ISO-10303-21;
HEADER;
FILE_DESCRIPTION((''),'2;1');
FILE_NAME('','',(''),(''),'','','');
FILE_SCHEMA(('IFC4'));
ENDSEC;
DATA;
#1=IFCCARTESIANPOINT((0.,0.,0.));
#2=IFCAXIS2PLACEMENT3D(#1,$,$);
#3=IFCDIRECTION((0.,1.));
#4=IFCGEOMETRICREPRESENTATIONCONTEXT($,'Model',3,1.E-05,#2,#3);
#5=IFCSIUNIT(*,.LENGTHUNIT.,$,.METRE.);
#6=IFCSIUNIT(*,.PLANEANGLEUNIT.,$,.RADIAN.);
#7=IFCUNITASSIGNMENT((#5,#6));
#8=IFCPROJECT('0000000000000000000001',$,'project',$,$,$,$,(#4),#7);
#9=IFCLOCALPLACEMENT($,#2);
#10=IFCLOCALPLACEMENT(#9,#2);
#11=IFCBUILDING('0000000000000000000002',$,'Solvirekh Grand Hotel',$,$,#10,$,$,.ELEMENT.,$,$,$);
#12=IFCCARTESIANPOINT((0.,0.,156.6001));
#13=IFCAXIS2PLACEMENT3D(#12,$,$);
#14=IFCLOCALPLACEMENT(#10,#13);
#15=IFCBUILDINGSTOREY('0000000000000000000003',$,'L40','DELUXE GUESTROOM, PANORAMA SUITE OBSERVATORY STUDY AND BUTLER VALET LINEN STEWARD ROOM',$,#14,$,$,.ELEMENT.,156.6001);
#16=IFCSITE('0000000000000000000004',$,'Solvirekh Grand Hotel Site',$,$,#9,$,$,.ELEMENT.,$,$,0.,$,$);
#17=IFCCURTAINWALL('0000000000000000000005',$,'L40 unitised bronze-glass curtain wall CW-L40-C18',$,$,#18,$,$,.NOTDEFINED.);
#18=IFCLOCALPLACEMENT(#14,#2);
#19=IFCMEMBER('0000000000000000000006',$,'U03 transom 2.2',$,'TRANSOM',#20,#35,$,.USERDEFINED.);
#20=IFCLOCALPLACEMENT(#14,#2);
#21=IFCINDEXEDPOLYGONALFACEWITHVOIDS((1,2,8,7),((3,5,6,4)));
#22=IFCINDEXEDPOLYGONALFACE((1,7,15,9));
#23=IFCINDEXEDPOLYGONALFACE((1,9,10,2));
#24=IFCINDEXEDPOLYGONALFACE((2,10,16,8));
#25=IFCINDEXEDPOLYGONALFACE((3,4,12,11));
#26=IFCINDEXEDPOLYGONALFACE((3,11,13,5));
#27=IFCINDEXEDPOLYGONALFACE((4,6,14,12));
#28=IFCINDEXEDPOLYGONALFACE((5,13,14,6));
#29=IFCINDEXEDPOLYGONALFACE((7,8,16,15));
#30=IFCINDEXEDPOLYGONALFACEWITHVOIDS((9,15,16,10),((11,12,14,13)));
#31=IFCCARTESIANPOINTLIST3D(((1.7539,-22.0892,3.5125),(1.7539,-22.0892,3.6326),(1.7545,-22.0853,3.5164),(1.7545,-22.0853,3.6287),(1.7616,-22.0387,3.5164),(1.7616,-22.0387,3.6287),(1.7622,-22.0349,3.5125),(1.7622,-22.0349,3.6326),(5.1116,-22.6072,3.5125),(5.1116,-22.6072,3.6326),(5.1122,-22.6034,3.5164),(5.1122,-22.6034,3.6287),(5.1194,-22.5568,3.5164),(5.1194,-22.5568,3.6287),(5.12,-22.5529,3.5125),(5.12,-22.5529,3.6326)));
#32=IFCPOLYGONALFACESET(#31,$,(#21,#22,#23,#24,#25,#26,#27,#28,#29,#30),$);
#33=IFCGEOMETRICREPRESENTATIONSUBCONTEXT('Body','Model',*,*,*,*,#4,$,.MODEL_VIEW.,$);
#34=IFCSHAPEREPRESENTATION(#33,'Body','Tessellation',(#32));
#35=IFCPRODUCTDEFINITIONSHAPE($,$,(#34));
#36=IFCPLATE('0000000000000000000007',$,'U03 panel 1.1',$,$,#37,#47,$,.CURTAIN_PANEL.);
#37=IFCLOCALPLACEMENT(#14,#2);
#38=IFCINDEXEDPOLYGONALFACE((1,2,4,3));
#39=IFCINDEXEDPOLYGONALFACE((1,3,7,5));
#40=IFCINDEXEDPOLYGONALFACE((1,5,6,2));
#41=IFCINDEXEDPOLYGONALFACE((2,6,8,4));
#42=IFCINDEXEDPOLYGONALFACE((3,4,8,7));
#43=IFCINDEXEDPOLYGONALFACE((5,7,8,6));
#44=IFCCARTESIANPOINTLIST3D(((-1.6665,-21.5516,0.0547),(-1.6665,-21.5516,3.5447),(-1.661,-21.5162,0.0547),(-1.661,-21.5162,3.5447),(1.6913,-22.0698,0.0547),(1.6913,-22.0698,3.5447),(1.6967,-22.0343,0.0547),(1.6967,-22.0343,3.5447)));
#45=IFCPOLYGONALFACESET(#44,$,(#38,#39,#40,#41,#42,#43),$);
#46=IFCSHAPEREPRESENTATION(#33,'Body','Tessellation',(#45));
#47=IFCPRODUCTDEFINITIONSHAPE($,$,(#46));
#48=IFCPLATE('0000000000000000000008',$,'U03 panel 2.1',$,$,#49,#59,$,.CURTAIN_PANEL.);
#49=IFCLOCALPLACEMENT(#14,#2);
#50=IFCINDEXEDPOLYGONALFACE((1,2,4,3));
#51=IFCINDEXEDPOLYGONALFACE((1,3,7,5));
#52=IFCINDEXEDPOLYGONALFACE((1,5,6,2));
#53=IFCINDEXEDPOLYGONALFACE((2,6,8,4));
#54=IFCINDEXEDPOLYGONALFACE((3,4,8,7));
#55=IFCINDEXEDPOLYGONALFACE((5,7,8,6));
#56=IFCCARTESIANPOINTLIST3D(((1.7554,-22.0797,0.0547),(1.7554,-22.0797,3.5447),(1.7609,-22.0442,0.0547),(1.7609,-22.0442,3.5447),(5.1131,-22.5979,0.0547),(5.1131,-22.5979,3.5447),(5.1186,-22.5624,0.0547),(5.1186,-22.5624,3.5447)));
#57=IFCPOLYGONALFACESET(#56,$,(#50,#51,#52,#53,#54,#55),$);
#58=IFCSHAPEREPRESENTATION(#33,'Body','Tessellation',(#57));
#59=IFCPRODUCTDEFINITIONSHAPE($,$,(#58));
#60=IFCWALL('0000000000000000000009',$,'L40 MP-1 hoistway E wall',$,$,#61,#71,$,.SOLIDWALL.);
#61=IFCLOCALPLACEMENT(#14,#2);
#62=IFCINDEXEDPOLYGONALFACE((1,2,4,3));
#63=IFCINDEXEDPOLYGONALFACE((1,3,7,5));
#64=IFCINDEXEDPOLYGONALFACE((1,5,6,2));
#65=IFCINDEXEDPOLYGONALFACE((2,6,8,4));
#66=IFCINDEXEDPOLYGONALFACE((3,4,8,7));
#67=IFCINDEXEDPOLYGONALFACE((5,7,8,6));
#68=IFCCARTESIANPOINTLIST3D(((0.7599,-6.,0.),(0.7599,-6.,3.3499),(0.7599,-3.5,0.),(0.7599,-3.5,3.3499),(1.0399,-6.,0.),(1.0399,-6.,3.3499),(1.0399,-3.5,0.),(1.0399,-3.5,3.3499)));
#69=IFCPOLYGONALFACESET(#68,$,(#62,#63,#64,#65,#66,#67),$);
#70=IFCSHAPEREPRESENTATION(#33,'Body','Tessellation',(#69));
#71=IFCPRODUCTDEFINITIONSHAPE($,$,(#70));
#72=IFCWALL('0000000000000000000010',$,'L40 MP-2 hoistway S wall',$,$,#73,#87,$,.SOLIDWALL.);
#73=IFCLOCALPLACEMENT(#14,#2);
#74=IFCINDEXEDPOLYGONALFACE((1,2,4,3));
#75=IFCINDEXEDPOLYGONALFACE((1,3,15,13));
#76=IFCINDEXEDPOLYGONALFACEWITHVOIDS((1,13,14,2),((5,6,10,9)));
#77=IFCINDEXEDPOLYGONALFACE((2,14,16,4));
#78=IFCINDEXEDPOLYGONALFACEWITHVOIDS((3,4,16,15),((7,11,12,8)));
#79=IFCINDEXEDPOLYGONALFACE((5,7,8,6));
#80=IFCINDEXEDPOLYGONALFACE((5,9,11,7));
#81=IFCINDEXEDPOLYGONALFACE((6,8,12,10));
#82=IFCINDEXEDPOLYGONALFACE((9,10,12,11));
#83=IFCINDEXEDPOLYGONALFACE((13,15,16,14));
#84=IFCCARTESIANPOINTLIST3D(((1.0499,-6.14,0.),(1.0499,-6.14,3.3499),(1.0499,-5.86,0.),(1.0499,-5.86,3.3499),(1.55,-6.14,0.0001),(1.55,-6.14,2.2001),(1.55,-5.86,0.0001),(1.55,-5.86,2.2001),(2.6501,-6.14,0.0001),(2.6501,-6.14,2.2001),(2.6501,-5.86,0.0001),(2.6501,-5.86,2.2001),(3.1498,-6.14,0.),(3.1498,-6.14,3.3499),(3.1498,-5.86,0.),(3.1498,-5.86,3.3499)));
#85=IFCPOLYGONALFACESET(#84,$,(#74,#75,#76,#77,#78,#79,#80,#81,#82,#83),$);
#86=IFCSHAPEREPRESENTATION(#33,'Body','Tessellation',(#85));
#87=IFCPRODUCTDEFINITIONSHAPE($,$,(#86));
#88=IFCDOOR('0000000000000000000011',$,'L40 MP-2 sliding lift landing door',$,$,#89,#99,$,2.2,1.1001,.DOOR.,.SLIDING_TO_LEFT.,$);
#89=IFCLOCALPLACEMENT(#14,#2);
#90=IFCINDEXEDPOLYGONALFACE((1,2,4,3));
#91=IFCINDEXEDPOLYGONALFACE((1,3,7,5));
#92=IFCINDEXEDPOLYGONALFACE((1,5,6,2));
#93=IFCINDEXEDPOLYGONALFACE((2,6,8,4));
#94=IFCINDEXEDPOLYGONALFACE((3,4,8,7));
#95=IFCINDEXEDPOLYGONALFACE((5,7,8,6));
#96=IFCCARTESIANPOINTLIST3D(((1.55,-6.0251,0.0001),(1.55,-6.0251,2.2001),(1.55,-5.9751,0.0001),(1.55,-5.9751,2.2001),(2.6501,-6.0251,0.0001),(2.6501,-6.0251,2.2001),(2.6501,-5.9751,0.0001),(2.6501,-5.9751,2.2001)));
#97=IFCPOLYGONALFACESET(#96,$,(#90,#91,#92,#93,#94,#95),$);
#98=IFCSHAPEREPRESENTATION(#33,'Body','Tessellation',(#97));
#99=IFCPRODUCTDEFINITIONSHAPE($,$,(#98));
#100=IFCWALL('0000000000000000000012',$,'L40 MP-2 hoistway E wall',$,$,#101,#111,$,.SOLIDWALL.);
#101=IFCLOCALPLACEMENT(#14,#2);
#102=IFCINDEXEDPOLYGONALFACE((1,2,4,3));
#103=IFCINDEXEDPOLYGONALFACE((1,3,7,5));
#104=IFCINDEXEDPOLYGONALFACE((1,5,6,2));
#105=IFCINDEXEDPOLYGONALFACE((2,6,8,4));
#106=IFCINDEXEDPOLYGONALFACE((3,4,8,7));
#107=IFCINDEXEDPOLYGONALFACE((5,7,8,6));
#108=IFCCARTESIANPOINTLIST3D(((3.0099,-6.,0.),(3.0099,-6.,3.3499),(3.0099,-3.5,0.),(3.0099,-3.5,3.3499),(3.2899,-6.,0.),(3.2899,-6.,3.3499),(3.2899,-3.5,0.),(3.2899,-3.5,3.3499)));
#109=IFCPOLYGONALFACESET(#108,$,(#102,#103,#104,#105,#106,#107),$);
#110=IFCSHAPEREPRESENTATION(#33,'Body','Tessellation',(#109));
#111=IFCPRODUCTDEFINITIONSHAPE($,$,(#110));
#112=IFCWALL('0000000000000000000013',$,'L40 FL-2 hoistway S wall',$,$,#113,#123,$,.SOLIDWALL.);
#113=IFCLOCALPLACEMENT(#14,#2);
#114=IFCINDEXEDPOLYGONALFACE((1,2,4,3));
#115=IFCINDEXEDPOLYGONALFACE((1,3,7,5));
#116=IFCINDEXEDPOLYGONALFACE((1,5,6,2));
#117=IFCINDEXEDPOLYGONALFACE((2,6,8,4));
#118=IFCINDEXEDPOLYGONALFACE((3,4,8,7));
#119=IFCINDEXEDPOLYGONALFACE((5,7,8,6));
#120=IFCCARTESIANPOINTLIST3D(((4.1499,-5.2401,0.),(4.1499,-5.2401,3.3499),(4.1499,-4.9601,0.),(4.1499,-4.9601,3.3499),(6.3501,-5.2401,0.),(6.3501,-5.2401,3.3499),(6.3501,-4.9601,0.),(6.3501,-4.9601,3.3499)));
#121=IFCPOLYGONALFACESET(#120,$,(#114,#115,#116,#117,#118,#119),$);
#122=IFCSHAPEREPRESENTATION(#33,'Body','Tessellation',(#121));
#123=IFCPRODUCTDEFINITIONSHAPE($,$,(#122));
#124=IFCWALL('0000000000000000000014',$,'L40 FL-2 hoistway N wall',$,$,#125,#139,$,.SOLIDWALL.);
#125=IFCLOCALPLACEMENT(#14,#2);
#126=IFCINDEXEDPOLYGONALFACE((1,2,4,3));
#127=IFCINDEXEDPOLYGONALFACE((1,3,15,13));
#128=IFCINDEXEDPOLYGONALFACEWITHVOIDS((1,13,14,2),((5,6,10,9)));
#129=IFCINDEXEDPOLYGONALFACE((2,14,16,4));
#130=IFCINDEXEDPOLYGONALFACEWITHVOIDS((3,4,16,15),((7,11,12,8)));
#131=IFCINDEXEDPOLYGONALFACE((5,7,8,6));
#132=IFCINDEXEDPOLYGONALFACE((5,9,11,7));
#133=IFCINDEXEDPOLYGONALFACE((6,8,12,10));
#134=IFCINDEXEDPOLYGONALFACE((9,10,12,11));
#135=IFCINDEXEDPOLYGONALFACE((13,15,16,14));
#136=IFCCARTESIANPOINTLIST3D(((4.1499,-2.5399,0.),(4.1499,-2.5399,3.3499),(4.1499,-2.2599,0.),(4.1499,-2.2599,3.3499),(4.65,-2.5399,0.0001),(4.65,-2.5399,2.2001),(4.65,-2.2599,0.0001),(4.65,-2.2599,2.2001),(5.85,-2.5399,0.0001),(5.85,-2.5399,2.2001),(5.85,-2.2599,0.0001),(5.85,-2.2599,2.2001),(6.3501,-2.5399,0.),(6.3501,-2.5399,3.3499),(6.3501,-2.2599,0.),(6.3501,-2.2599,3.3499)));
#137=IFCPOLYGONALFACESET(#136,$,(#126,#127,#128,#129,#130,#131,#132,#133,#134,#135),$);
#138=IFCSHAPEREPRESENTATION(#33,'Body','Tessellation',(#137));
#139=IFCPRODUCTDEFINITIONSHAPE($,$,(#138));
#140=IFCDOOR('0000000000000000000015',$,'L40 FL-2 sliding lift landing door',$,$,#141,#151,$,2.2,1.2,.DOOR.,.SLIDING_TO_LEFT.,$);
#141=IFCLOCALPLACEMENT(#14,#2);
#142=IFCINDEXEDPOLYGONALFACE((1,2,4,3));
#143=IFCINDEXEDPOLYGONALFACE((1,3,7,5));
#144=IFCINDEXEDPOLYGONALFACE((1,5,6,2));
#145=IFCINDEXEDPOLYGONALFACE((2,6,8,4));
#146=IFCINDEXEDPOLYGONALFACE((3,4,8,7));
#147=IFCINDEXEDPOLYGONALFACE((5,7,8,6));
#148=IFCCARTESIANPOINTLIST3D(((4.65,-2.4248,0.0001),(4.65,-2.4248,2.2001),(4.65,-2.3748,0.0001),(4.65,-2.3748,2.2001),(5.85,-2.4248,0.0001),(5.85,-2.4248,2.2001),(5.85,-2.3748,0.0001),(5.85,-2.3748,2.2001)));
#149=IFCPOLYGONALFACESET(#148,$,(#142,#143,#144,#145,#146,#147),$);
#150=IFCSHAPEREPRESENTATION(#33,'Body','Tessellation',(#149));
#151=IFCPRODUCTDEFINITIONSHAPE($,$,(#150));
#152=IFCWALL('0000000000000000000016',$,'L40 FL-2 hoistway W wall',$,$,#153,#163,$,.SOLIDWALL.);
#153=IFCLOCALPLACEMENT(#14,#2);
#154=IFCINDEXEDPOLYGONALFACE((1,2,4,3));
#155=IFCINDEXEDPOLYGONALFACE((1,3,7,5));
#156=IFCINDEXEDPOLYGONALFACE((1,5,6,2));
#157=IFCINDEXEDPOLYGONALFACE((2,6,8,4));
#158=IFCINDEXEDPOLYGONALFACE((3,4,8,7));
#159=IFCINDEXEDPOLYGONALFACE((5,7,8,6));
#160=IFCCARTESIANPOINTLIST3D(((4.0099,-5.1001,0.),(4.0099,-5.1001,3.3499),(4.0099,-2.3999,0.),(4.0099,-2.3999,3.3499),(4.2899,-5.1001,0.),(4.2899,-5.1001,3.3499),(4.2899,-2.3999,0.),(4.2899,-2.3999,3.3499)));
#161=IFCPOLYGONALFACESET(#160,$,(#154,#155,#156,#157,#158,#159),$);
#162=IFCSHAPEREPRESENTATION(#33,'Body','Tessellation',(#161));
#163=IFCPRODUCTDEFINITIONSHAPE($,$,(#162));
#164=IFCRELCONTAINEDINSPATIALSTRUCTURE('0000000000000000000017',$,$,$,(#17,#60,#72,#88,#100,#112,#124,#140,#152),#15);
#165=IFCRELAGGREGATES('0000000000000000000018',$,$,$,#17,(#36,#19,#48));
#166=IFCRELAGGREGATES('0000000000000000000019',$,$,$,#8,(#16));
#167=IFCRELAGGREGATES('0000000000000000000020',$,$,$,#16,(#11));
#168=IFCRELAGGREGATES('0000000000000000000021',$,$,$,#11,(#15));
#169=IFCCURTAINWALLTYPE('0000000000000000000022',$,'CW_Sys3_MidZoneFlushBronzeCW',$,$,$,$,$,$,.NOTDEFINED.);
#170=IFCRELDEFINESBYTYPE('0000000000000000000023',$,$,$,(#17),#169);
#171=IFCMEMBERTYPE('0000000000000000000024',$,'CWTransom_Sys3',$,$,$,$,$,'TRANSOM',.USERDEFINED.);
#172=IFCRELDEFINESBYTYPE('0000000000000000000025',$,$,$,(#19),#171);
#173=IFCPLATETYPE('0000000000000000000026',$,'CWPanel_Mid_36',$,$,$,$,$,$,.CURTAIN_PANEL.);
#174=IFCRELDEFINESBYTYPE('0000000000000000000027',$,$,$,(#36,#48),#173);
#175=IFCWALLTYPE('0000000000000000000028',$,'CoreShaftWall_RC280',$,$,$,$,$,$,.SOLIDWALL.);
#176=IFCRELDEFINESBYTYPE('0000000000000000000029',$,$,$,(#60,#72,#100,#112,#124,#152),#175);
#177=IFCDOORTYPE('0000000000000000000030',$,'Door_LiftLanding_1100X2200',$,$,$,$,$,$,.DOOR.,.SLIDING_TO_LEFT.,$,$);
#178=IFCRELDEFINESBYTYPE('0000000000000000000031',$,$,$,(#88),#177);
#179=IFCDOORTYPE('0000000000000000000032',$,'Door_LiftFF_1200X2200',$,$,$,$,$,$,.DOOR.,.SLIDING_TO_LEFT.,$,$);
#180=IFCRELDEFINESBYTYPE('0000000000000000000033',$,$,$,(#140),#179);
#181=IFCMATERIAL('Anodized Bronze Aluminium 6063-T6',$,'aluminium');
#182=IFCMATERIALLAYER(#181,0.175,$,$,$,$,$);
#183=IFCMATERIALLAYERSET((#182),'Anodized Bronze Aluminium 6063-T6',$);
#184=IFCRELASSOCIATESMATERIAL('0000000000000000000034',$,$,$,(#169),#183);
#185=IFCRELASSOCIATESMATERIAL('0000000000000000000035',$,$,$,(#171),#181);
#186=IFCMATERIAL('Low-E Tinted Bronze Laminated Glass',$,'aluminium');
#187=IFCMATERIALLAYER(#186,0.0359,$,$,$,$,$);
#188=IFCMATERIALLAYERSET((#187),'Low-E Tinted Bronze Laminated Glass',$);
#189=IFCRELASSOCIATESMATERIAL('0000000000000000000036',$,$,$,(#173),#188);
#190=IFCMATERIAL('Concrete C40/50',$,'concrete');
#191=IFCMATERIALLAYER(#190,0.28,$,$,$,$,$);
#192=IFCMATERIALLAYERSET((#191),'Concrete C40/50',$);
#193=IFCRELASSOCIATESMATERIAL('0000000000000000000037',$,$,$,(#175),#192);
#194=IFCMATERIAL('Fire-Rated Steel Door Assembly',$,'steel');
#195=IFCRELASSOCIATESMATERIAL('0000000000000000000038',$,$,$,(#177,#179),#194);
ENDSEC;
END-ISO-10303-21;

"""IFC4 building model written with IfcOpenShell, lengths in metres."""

from ifc_helpers import new_model, si_unit, direction, frame, frame_2d, origin, origin_2d, place, context, subcontext, project, spatial, rectangle, hollow_rectangle, extrude, source, transform, mapped, material, layer, layer_set, material_profile, profile_set, type_object, element, fill, aggregate, save


model = new_model("IFC4")

# Units and contexts
model_context = context("Model", 3, precision=1e-05, world=origin(), true_north=direction((0.0, 1.0)))
body_context = subcontext(model_context, "Body", "Model", "MODEL_VIEW")
ifc_project = project(units=[si_unit("LENGTHUNIT", "METRE"), si_unit("PLANEANGLEUNIT", "RADIAN")], contexts=[model_context])

# Site, building, storey
site_placement = place(None, origin())
site = spatial("IfcSite", under=ifc_project, at=site_placement, Name="Solvirekh Grand Hotel Site", CompositionType="ELEMENT", RefElevation=0.0)
building_placement = place(site_placement, origin())
building = spatial("IfcBuilding", under=site, at=building_placement, Name="Solvirekh Grand Hotel", CompositionType="ELEMENT")
storey_placement = place(building_placement, frame((0.0, 0.0, 156.6001)))
storey = spatial("IfcBuildingStorey", under=building, at=storey_placement, Name="L40", Description="DELUXE GUESTROOM, PANORAMA SUITE OBSERVATORY STUDY AND BUTLER VALET LINEN STEWARD ROOM", CompositionType="ELEMENT", Elevation=156.6001)

# Curtain wall, member, plates
ifc_material_1 = material(Name="Anodized Bronze Aluminium 6063-T6", Category="aluminium")
ifc_layer_1 = layer(ifc_material_1, 0.175)
ifc_layer_set_1 = layer_set([ifc_layer_1], Name="Anodized Bronze Aluminium 6063-T6")
curtain_wall_type = type_object("IfcCurtainWallType", Name="CW_Sys3_MidZoneFlushBronzeCW", PredefinedType="NOTDEFINED", material=ifc_layer_set_1)
curtain_wall_placement = place(storey_placement, origin())
curtain_wall = element("IfcCurtainWall", 1, at=curtain_wall_placement, inside=storey, type_object=curtain_wall_type, Name="L40 unitised bronze-glass curtain wall CW-L40-C18", PredefinedType="NOTDEFINED")
ifc_material_profile_1 = material_profile(ifc_material_1, hollow_rectangle(XDim=0.0549, YDim=0.1201, WallThickness=0.0039, at=origin_2d()), Name="ALU RHS 120X55X4")
ifc_profile_set_1 = profile_set([ifc_material_profile_1], Name="Anodized Bronze Aluminium 6063-T6")
member_type_1 = type_object("IfcMemberType", Name="CWTransom_Sys3", ElementType="TRANSOM", PredefinedType="USERDEFINED", material=ifc_profile_set_1)
shared_shape_1 = source(origin(), body_context, "Body", "SweptSolid", [
    extrude(hollow_rectangle(XDim=0.0549, YDim=0.1201, WallThickness=0.0039, at=origin_2d()), origin(), (0.0, 0.0, 1.0), 3.3975),
])
member_1_placement = place(storey_placement, frame((1.7581, -22.062, 3.5725), z_axis=(0.988305, -0.152489, 0.0), x_axis=(0.152489, 0.988305, 0.0)))
member_1 = element("IfcMember", 2, at=member_1_placement, type_object=member_type_1, Name="U03 transom 2.2", ObjectType="TRANSOM", PredefinedType="USERDEFINED", context=body_context, shape_type="MappedRepresentation", body=[
    mapped(shared_shape_1, transform((0.0, 0.0, 0.0), x_axis=(1.0, 0.0, 0.0), y_axis=(0.0, 1.0, 0.0), z_axis=(0.0, 0.0, 1.0), scale=1.0)),
])
ifc_material_2 = material(Name="Low-E Tinted Bronze Laminated Glass", Category="aluminium")
ifc_layer_2 = layer(ifc_material_2, 0.0359)
ifc_layer_set_2 = layer_set([ifc_layer_2], Name="Low-E Tinted Bronze Laminated Glass")
plate_type = type_object("IfcPlateType", Name="CWPanel_Mid_36", PredefinedType="CURTAIN_PANEL", material=ifc_layer_set_2)
shared_shape_2 = source(origin(), body_context, "Body", "SweptSolid", [
    extrude(rectangle(XDim=3.3975, YDim=0.0359, at=origin_2d()), origin(), (0.0, 0.0, 1.0), 3.49),
])
plate_1_placement = place(storey_placement, frame((0.0151, -21.793, 0.0547), z_axis=(0.0, 0.0, 1.0), x_axis=(0.988302, -0.152509, 0.0)))
plate_1 = element("IfcPlate", 3, at=plate_1_placement, type_object=plate_type, Name="U03 panel 1.1", PredefinedType="CURTAIN_PANEL", context=body_context, shape_type="MappedRepresentation", body=[
    mapped(shared_shape_2, transform((0.0, 0.0, 0.0), x_axis=(1.0, 0.0, 0.0), y_axis=(0.0, 1.0, 0.0), z_axis=(0.0, 0.0, 1.0), scale=1.0)),
])
plate_2_placement = place(storey_placement, frame((3.437, -22.321, 0.0547), z_axis=(0.0, 0.0, 1.0), x_axis=(0.988302, -0.152509, 0.0)))
plate_2 = element("IfcPlate", 4, at=plate_2_placement, type_object=plate_type, Name="U03 panel 2.1", PredefinedType="CURTAIN_PANEL", context=body_context, shape_type="MappedRepresentation", body=[
    mapped(shared_shape_2, transform((0.0, 0.0, 0.0), x_axis=(1.0, 0.0, 0.0), y_axis=(0.0, 1.0, 0.0), z_axis=(0.0, 0.0, 1.0), scale=1.0)),
])
aggregate(curtain_wall, [plate_1, member_1, plate_2])

# Wall
ifc_material_3 = material(Name="Concrete C40/50", Category="concrete")
ifc_layer_3 = layer(ifc_material_3, 0.28)
ifc_layer_set_3 = layer_set([ifc_layer_3], Name="Concrete C40/50")
wall_type_1 = type_object("IfcWallType", Name="CoreShaftWall_RC280", PredefinedType="SOLIDWALL", material=ifc_layer_set_3)
wall_1_placement = place(storey_placement, frame((0.8999, -6.0, 0.0), z_axis=(0.0, 0.0, 1.0), x_axis=(0.0, 1.0, 0.0)))
element("IfcWall", 5, at=wall_1_placement, inside=storey, type_object=wall_type_1, Name="L40 MP-1 hoistway E wall", PredefinedType="SOLIDWALL", context=body_context, shape_type="SweptSolid", body=[
    extrude(rectangle(XDim=2.5, YDim=0.28, at=frame_2d((1.25, 0.0))), origin(), (0.0, 0.0, 1.0), 3.3499),
])

# Wall, opening, door
wall_2_placement = place(storey_placement, frame((1.05, -6.0, 0.0), z_axis=(0.0, 0.0, 1.0), x_axis=(1.0, 0.0, 0.0)))
wall_2 = element("IfcWall", 6, at=wall_2_placement, inside=storey, type_object=wall_type_1, Name="L40 MP-2 hoistway S wall", PredefinedType="SOLIDWALL", context=body_context, shape_type="SweptSolid", body=[
    extrude(rectangle(XDim=2.0999, YDim=0.28, at=frame_2d((1.0498, 0.0))), origin(), (0.0, 0.0, 1.0), 3.3499),
])
opening_1_placement = place(wall_2_placement, frame((0.5, 0.0, 0.0)))
opening_1 = element("IfcOpeningElement", 7, at=opening_1_placement, cuts=wall_2, PredefinedType="OPENING", context=body_context, shape_type="SweptSolid", body=[
    extrude(rectangle(XDim=1.1001, YDim=2.2, at=frame_2d((0.55, 1.1001))), frame((0.0, 0.1499, 0.0), z_axis=(0.0, -1.0, 0.0), x_axis=(1.0, 0.0, 0.0)), (0.0, 0.0, 1.0), 0.3),
])
ifc_material_4 = material(Name="Fire-Rated Steel Door Assembly", Category="steel")
door_type_1 = type_object("IfcDoorType", Name="Door_LiftLanding_1100X2200", OperationType="SLIDING_TO_LEFT", PredefinedType="DOOR", material=ifc_material_4)
door_1_placement = place(opening_1_placement, origin())
door_1 = element("IfcDoor", 8, at=door_1_placement, inside=storey, type_object=door_type_1, Name="L40 MP-2 sliding lift landing door", OperationType="SLIDING_TO_LEFT", OverallHeight=2.2, OverallWidth=1.1001, PredefinedType="DOOR", context=body_context, shape_type="SweptSolid", body=[
    extrude(rectangle(XDim=1.1001, YDim=2.2, at=frame_2d((0.55, 1.1001))), frame((0.0, 0.0249, 0.0), z_axis=(0.0, -1.0, 0.0), x_axis=(1.0, 0.0, 0.0)), (0.0, 0.0, 1.0), 0.05),
])
fill(opening_1, door_1)

# Walls
wall_3_placement = place(storey_placement, frame((3.1499, -6.0, 0.0), z_axis=(0.0, 0.0, 1.0), x_axis=(0.0, 1.0, 0.0)))
element("IfcWall", 9, at=wall_3_placement, inside=storey, type_object=wall_type_1, Name="L40 MP-2 hoistway E wall", PredefinedType="SOLIDWALL", context=body_context, shape_type="SweptSolid", body=[
    extrude(rectangle(XDim=2.5, YDim=0.28, at=frame_2d((1.25, 0.0))), origin(), (0.0, 0.0, 1.0), 3.3499),
])
wall_4_placement = place(storey_placement, frame((4.1499, -5.1001, 0.0), z_axis=(0.0, 0.0, 1.0), x_axis=(1.0, 0.0, 0.0)))
element("IfcWall", 10, at=wall_4_placement, inside=storey, type_object=wall_type_1, Name="L40 FL-2 hoistway S wall", PredefinedType="SOLIDWALL", context=body_context, shape_type="SweptSolid", body=[
    extrude(rectangle(XDim=2.2002, YDim=0.28, at=frame_2d((1.1001, 0.0))), origin(), (0.0, 0.0, 1.0), 3.3499),
])

# Wall, opening, door
wall_5_placement = place(storey_placement, frame((6.3501, -2.3999, 0.0), z_axis=(0.0, 0.0, 1.0), x_axis=(-1.0, 0.0, 0.0)))
wall_5 = element("IfcWall", 11, at=wall_5_placement, inside=storey, type_object=wall_type_1, Name="L40 FL-2 hoistway N wall", PredefinedType="SOLIDWALL", context=body_context, shape_type="SweptSolid", body=[
    extrude(rectangle(XDim=2.2002, YDim=0.28, at=frame_2d((1.1001, 0.0))), origin(), (0.0, 0.0, 1.0), 3.3499),
])
opening_2_placement = place(wall_5_placement, frame((0.5, 0.0, 0.0)))
opening_2 = element("IfcOpeningElement", 12, at=opening_2_placement, cuts=wall_5, PredefinedType="OPENING", context=body_context, shape_type="SweptSolid", body=[
    extrude(rectangle(XDim=1.2, YDim=2.2, at=frame_2d((0.6001, 1.1001))), frame((0.0, 0.1499, 0.0), z_axis=(0.0, -1.0, 0.0), x_axis=(1.0, 0.0, 0.0)), (0.0, 0.0, 1.0), 0.3),
])
door_type_2 = type_object("IfcDoorType", Name="Door_LiftFF_1200X2200", OperationType="SLIDING_TO_LEFT", PredefinedType="DOOR", material=ifc_material_4)
door_2_placement = place(opening_2_placement, origin())
door_2 = element("IfcDoor", 13, at=door_2_placement, inside=storey, type_object=door_type_2, Name="L40 FL-2 sliding lift landing door", OperationType="SLIDING_TO_LEFT", OverallHeight=2.2, OverallWidth=1.2, PredefinedType="DOOR", context=body_context, shape_type="SweptSolid", body=[
    extrude(rectangle(XDim=1.2, YDim=2.2, at=frame_2d((0.6001, 1.1001))), frame((0.0, 0.0249, 0.0), z_axis=(0.0, -1.0, 0.0), x_axis=(1.0, 0.0, 0.0)), (0.0, 0.0, 1.0), 0.05),
])
fill(opening_2, door_2)

# Wall
wall_6_placement = place(storey_placement, frame((4.1499, -2.3999, 0.0), z_axis=(0.0, 0.0, 1.0), x_axis=(0.0, -1.0, 0.0)))
element("IfcWall", 14, at=wall_6_placement, inside=storey, type_object=wall_type_1, Name="L40 FL-2 hoistway W wall", PredefinedType="SOLIDWALL", context=body_context, shape_type="SweptSolid", body=[
    extrude(rectangle(XDim=2.7002, YDim=0.28, at=frame_2d((1.3501, 0.0))), origin(), (0.0, 0.0, 1.0), 3.3499),
])

save(model, "model.ifc")
